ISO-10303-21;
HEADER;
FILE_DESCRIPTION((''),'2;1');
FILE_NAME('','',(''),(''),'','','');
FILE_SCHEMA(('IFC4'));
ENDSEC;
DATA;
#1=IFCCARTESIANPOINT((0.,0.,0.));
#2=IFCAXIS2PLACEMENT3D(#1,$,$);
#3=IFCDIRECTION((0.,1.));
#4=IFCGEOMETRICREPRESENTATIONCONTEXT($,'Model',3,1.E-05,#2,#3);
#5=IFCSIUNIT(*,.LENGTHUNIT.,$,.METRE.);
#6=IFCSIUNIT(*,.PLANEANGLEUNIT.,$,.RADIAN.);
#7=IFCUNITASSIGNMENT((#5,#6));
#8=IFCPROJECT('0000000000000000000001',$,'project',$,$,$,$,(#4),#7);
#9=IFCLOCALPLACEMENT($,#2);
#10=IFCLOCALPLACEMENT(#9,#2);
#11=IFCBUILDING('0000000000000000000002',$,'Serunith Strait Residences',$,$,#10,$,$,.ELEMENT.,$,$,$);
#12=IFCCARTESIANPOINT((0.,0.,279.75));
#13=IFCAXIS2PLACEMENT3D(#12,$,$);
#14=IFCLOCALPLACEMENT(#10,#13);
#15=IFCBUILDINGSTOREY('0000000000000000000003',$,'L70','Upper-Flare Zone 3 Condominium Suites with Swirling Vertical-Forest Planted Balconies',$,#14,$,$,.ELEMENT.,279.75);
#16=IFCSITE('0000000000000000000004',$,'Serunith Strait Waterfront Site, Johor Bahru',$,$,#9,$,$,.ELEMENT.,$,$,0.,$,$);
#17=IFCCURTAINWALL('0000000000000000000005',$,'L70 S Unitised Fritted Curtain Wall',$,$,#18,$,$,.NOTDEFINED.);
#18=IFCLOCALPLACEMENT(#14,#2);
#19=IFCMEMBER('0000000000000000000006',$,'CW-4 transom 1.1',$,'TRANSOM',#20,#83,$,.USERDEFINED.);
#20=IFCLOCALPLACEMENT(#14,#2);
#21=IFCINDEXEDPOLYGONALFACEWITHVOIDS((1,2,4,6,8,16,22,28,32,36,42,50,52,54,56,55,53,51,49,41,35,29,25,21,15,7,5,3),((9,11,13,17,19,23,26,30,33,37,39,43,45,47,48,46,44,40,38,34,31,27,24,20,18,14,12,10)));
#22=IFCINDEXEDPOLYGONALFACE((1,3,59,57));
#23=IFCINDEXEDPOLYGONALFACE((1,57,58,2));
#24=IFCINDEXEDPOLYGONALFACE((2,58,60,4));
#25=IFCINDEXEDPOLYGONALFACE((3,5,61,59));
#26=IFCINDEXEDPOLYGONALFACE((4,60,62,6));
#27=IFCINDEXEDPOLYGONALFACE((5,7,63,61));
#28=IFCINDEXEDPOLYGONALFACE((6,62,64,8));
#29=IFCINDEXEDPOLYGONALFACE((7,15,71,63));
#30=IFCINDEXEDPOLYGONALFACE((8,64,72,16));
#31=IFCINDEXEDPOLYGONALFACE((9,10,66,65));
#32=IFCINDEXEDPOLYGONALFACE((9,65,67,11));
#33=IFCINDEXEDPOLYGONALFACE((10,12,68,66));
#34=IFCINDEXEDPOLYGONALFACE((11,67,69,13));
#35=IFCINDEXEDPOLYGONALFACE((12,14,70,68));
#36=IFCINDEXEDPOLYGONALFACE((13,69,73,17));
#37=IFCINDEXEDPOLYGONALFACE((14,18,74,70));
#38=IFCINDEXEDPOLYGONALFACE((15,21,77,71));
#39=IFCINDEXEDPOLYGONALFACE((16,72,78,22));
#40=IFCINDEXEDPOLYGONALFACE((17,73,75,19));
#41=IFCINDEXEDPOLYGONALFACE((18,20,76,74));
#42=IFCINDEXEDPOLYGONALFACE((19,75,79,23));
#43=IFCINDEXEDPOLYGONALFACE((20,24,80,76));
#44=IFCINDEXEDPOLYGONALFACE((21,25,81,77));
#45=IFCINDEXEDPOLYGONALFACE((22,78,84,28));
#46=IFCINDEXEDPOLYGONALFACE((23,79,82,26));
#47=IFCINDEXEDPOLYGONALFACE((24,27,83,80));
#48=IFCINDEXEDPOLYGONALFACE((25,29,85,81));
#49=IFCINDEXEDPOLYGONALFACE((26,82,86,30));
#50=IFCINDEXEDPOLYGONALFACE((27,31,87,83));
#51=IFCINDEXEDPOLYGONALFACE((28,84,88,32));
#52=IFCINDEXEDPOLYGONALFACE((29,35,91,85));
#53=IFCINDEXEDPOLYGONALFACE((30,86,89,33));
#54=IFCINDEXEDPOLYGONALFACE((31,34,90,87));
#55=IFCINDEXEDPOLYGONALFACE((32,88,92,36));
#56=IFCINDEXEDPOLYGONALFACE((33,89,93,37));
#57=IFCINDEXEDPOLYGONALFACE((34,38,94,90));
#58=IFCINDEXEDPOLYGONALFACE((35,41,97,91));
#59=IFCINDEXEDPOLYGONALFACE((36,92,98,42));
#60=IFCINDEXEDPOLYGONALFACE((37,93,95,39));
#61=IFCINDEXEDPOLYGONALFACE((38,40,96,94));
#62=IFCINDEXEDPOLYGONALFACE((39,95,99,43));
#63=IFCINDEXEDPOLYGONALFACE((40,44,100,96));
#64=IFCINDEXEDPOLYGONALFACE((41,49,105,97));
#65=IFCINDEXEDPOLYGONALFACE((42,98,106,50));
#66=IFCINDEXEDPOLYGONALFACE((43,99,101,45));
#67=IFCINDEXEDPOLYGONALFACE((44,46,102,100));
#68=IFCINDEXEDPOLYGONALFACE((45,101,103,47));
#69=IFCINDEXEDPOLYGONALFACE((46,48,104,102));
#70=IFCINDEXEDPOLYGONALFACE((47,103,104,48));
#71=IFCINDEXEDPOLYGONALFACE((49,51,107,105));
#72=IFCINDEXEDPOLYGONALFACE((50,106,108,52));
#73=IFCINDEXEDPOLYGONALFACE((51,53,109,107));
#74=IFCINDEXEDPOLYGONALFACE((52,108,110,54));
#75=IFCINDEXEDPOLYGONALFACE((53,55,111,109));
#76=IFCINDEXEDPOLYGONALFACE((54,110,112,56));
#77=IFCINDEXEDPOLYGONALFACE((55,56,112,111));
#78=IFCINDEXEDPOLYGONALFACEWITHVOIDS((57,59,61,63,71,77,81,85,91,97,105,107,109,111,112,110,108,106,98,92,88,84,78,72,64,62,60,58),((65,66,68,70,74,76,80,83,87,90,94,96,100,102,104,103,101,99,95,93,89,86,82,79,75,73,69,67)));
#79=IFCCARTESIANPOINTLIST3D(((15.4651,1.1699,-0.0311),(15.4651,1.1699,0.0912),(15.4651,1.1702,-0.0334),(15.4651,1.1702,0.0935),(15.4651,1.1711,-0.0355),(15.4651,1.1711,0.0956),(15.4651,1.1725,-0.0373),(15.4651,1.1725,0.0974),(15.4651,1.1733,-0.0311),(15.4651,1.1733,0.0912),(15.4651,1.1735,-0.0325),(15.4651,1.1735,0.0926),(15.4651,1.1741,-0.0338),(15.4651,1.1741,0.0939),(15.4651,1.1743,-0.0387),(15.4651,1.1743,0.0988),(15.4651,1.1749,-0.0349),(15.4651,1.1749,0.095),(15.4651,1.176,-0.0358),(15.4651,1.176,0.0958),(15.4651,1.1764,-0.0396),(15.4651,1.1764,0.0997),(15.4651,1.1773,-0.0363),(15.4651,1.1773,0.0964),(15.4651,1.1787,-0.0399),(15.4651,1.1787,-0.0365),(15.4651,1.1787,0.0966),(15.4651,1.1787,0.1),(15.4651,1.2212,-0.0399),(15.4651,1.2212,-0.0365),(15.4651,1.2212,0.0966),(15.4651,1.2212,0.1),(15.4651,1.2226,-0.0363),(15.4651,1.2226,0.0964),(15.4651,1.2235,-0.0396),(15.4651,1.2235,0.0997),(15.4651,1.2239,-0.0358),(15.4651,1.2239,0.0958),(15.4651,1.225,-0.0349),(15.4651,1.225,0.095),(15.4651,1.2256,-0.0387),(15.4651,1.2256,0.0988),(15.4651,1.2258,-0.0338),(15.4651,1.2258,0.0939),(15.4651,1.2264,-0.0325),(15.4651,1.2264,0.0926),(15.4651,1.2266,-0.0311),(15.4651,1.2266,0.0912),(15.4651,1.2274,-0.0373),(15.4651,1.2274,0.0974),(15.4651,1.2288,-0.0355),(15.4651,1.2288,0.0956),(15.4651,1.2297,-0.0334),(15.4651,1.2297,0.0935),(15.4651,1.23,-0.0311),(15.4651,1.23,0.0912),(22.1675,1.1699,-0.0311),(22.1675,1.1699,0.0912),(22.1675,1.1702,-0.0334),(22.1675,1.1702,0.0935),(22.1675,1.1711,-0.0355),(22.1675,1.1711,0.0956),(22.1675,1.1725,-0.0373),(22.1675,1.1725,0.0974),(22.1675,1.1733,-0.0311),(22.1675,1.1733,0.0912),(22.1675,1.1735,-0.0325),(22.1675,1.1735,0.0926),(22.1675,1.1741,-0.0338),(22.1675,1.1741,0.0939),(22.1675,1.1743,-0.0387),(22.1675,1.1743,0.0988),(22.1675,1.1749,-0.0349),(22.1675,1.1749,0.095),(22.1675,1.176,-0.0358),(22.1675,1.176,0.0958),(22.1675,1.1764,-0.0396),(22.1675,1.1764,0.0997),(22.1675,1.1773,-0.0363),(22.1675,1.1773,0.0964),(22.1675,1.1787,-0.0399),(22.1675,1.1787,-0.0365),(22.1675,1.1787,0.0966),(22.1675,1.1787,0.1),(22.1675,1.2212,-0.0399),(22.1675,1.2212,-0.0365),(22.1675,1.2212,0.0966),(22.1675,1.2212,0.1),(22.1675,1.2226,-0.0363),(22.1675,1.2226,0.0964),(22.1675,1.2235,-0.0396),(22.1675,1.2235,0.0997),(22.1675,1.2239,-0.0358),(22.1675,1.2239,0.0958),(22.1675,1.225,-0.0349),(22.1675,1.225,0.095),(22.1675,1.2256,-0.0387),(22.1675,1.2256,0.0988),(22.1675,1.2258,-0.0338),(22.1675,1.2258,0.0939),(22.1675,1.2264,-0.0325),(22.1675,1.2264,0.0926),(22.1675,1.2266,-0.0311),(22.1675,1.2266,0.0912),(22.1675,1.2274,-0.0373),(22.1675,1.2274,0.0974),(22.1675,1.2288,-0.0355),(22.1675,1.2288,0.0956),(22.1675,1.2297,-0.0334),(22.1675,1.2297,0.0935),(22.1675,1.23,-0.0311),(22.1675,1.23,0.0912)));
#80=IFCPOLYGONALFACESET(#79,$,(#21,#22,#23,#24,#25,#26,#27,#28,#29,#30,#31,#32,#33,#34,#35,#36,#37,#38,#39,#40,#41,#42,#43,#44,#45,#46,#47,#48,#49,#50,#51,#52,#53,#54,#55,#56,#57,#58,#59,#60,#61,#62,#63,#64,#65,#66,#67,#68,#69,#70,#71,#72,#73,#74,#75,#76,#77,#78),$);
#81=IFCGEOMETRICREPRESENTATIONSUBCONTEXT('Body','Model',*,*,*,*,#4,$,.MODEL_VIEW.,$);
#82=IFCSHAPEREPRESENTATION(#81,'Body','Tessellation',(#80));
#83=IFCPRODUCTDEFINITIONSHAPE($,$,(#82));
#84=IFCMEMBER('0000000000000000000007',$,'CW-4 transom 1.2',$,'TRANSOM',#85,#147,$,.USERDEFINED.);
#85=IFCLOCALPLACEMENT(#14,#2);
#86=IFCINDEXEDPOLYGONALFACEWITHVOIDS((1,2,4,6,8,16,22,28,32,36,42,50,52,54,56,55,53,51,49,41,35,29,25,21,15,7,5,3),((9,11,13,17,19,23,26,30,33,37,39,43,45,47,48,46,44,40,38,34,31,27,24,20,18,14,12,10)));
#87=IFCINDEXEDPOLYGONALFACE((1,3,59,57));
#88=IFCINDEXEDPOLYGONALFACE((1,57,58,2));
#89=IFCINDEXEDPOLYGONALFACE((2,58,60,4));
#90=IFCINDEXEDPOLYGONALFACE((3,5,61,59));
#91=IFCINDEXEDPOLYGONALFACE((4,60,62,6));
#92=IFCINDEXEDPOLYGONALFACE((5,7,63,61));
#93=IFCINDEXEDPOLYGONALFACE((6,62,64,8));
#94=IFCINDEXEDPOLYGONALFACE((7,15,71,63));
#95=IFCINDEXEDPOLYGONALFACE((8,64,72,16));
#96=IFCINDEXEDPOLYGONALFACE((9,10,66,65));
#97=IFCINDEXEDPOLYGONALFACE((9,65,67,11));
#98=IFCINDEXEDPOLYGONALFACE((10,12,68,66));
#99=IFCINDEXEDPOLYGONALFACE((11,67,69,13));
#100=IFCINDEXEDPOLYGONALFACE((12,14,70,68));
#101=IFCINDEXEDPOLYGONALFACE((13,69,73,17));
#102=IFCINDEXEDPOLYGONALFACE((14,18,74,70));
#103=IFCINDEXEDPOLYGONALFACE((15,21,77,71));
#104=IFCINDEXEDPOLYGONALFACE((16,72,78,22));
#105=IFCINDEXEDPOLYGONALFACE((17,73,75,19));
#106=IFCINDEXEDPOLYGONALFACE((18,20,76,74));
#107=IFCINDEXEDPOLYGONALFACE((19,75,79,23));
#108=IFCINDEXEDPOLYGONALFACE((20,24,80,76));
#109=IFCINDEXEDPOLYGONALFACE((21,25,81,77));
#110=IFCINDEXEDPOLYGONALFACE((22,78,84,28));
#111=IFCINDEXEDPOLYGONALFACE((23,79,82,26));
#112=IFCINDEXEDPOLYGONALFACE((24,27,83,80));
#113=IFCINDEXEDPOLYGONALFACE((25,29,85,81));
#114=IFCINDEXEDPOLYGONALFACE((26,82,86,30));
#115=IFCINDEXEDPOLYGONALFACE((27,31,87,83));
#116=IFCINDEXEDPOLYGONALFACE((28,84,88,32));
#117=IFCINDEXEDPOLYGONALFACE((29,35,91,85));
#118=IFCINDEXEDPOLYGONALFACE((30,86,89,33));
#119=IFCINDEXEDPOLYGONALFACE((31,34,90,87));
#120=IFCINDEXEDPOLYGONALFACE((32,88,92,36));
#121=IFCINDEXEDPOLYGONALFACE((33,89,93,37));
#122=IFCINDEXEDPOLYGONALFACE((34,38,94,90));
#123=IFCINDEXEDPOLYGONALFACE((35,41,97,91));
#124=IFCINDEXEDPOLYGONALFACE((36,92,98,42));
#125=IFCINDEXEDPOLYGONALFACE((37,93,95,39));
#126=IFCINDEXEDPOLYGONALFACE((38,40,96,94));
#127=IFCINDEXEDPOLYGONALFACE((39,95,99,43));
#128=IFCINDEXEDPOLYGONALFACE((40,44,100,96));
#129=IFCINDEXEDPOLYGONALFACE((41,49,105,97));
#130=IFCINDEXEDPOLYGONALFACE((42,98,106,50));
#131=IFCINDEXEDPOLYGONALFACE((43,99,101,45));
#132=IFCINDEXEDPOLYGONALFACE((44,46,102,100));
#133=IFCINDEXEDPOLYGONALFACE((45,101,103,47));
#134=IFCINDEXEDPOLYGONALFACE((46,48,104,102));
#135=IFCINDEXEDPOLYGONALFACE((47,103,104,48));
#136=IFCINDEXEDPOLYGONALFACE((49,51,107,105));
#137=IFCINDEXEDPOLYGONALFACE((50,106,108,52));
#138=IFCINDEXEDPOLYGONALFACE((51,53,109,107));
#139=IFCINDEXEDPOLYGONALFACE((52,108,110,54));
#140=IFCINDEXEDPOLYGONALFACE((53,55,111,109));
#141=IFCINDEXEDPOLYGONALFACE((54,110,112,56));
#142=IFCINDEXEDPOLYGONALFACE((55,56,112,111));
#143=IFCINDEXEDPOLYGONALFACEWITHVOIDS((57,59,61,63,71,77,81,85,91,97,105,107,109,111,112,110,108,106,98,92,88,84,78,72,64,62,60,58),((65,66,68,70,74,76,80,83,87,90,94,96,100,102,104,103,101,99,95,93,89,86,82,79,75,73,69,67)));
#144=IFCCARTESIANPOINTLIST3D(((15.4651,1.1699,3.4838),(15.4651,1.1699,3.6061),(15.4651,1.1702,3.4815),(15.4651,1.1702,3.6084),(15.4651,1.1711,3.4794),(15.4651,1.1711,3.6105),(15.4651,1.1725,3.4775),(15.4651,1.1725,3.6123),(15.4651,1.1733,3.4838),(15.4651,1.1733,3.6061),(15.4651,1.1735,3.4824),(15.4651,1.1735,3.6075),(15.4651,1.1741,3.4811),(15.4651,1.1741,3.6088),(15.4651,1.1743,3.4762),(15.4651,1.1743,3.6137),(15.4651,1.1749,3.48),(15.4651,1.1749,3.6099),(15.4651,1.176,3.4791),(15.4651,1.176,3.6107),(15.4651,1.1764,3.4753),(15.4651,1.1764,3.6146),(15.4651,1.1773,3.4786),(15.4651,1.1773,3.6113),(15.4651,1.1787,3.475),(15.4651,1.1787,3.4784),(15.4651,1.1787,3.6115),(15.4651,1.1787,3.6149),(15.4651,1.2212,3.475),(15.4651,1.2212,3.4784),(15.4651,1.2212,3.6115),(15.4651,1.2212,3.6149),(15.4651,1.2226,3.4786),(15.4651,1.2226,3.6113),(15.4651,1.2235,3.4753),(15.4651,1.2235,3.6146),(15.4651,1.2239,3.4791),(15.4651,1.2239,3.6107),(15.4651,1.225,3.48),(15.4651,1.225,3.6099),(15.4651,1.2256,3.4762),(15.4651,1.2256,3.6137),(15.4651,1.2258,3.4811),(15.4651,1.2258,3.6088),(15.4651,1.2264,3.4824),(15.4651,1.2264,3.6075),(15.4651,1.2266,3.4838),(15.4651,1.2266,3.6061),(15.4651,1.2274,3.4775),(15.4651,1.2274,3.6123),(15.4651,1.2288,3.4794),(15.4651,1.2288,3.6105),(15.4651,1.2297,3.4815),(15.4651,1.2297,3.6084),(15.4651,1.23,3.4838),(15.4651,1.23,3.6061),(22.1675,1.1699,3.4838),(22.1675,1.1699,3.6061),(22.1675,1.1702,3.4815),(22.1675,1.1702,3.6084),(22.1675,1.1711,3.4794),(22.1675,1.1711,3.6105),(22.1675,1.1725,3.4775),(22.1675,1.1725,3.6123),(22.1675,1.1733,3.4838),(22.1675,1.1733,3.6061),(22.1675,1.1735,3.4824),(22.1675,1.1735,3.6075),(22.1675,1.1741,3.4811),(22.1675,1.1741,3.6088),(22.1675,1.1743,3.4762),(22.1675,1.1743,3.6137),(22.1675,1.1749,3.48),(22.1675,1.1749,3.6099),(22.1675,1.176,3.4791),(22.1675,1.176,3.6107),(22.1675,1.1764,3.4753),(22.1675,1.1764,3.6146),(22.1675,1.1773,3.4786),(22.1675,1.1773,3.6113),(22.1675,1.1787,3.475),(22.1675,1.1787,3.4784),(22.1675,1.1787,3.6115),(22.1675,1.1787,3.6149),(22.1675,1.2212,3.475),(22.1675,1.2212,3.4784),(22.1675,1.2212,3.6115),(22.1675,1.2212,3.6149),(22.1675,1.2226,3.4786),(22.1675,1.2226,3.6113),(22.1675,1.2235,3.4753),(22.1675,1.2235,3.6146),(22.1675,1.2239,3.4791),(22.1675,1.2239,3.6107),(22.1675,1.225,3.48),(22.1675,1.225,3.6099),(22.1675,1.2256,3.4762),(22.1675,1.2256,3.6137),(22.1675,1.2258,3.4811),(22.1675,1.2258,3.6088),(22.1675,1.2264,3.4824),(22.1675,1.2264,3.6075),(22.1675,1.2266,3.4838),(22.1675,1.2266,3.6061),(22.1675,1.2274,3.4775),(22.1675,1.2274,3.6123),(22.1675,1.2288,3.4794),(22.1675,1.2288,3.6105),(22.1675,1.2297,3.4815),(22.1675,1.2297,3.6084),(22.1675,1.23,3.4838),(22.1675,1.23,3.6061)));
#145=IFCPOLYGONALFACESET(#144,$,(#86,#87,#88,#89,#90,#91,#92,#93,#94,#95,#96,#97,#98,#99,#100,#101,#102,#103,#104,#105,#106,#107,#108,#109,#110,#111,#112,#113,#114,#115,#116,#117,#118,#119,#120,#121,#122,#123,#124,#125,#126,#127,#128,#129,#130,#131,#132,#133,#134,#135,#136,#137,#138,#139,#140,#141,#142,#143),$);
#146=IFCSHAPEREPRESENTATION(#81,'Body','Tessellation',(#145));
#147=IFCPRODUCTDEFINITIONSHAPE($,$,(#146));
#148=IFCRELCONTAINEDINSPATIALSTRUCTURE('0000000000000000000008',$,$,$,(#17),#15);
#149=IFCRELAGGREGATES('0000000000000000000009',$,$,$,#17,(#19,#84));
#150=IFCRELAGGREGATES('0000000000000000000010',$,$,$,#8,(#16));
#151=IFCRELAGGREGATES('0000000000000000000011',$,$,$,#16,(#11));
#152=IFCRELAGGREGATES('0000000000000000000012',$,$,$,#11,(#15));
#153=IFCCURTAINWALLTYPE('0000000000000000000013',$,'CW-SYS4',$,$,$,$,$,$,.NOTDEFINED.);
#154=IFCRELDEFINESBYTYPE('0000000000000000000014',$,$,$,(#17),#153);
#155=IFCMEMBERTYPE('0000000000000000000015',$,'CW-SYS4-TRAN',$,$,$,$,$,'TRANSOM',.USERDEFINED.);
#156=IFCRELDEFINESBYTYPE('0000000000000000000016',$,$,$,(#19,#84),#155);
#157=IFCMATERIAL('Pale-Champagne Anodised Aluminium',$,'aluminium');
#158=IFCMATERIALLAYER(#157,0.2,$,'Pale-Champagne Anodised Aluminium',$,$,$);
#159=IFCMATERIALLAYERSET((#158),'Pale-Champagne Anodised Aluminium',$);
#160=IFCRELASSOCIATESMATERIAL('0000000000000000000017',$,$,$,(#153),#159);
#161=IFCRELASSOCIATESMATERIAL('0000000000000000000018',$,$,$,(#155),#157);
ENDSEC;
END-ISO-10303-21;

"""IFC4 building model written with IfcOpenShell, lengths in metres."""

from ifc_helpers import new_model, si_unit, direction, frame, origin, origin_2d, place, context, subcontext, project, spatial, hollow_rectangle, extrude, source, transform, mapped, material, layer, layer_set, material_profile, profile_set, type_object, element, aggregate, save


model = new_model("IFC4")

# Units and contexts
model_context = context("Model", 3, precision=1e-05, world=origin(), true_north=direction((0.0, 1.0)))
body_context = subcontext(model_context, "Body", "Model", "MODEL_VIEW")
ifc_project = project(units=[si_unit("LENGTHUNIT", "METRE"), si_unit("PLANEANGLEUNIT", "RADIAN")], contexts=[model_context])

# Site, building, storey
site_placement = place(None, origin())
site = spatial("IfcSite", under=ifc_project, at=site_placement, Name="Serunith Strait Waterfront Site, Johor Bahru", CompositionType="ELEMENT", RefElevation=0.0)
building_placement = place(site_placement, origin())
building = spatial("IfcBuilding", under=site, at=building_placement, Name="Serunith Strait Residences", CompositionType="ELEMENT")
storey_placement = place(building_placement, frame((0.0, 0.0, 279.75)))
storey = spatial("IfcBuildingStorey", under=building, at=storey_placement, Name="L70", Description="Upper-Flare Zone 3 Condominium Suites with Swirling Vertical-Forest Planted Balconies", CompositionType="ELEMENT", Elevation=279.75)

# Curtain wall
ifc_material_1 = material(Name="Pale-Champagne Anodised Aluminium", Category="aluminium")
ifc_layer_1 = layer(ifc_material_1, 0.2, Name="Pale-Champagne Anodised Aluminium")
ifc_layer_set_1 = layer_set([ifc_layer_1], Name="Pale-Champagne Anodised Aluminium")
curtain_wall_type = type_object("IfcCurtainWallType", Name="CW-SYS4", PredefinedType="NOTDEFINED", material=ifc_layer_set_1)
curtain_wall_1_placement = place(storey_placement, origin())
curtain_wall_1 = element("IfcCurtainWall", 1, at=curtain_wall_1_placement, inside=storey, type_object=curtain_wall_type, Name="L70 S Unitised Fritted Curtain Wall", PredefinedType="NOTDEFINED")

# Members
ifc_material_profile_1 = material_profile(ifc_material_1, hollow_rectangle(XDim=0.0601, YDim=0.1399, WallThickness=0.0034, InnerFilletRadius=0.0054, OuterFilletRadius=0.0088, at=origin_2d()), Name="ALU 140x60x3.5")
ifc_profile_set_1 = profile_set([ifc_material_profile_1], Name="Pale-Champagne Anodised Aluminium")
member_type_1 = type_object("IfcMemberType", Name="CW-SYS4-TRAN", ElementType="TRANSOM", PredefinedType="USERDEFINED", material=ifc_profile_set_1)
shared_shape_1 = source(origin(), body_context, "Body", "SweptSolid", [
    extrude(hollow_rectangle(XDim=0.0601, YDim=0.1399, WallThickness=0.0034, InnerFilletRadius=0.0054, OuterFilletRadius=0.0088, at=origin_2d()), origin(), (0.0, 0.0, 1.0), 6.7024),
])
member_1_placement = place(storey_placement, frame((15.4651, 1.2, 0.03), z_axis=(1.0, 0.0, 0.0), x_axis=(0.0, 1.0, 0.0)))
member_1 = element("IfcMember", 2, at=member_1_placement, type_object=member_type_1, Name="CW-4 transom 1.1", ObjectType="TRANSOM", PredefinedType="USERDEFINED", context=body_context, shape_type="MappedRepresentation", body=[
    mapped(shared_shape_1, transform((0.0, 0.0, 0.0), scale=1.0)),
])
member_2_placement = place(storey_placement, frame((15.4651, 1.2, 3.5449), z_axis=(1.0, 0.0, 0.0), x_axis=(0.0, 1.0, 0.0)))
member_2 = element("IfcMember", 3, at=member_2_placement, type_object=member_type_1, Name="CW-4 transom 1.2", ObjectType="TRANSOM", PredefinedType="USERDEFINED", context=body_context, shape_type="MappedRepresentation", body=[
    mapped(shared_shape_1, transform((0.0, 0.0, 0.0), scale=1.0)),
])
aggregate(curtain_wall_1, [member_1, member_2])

save(model, "model.ifc")
